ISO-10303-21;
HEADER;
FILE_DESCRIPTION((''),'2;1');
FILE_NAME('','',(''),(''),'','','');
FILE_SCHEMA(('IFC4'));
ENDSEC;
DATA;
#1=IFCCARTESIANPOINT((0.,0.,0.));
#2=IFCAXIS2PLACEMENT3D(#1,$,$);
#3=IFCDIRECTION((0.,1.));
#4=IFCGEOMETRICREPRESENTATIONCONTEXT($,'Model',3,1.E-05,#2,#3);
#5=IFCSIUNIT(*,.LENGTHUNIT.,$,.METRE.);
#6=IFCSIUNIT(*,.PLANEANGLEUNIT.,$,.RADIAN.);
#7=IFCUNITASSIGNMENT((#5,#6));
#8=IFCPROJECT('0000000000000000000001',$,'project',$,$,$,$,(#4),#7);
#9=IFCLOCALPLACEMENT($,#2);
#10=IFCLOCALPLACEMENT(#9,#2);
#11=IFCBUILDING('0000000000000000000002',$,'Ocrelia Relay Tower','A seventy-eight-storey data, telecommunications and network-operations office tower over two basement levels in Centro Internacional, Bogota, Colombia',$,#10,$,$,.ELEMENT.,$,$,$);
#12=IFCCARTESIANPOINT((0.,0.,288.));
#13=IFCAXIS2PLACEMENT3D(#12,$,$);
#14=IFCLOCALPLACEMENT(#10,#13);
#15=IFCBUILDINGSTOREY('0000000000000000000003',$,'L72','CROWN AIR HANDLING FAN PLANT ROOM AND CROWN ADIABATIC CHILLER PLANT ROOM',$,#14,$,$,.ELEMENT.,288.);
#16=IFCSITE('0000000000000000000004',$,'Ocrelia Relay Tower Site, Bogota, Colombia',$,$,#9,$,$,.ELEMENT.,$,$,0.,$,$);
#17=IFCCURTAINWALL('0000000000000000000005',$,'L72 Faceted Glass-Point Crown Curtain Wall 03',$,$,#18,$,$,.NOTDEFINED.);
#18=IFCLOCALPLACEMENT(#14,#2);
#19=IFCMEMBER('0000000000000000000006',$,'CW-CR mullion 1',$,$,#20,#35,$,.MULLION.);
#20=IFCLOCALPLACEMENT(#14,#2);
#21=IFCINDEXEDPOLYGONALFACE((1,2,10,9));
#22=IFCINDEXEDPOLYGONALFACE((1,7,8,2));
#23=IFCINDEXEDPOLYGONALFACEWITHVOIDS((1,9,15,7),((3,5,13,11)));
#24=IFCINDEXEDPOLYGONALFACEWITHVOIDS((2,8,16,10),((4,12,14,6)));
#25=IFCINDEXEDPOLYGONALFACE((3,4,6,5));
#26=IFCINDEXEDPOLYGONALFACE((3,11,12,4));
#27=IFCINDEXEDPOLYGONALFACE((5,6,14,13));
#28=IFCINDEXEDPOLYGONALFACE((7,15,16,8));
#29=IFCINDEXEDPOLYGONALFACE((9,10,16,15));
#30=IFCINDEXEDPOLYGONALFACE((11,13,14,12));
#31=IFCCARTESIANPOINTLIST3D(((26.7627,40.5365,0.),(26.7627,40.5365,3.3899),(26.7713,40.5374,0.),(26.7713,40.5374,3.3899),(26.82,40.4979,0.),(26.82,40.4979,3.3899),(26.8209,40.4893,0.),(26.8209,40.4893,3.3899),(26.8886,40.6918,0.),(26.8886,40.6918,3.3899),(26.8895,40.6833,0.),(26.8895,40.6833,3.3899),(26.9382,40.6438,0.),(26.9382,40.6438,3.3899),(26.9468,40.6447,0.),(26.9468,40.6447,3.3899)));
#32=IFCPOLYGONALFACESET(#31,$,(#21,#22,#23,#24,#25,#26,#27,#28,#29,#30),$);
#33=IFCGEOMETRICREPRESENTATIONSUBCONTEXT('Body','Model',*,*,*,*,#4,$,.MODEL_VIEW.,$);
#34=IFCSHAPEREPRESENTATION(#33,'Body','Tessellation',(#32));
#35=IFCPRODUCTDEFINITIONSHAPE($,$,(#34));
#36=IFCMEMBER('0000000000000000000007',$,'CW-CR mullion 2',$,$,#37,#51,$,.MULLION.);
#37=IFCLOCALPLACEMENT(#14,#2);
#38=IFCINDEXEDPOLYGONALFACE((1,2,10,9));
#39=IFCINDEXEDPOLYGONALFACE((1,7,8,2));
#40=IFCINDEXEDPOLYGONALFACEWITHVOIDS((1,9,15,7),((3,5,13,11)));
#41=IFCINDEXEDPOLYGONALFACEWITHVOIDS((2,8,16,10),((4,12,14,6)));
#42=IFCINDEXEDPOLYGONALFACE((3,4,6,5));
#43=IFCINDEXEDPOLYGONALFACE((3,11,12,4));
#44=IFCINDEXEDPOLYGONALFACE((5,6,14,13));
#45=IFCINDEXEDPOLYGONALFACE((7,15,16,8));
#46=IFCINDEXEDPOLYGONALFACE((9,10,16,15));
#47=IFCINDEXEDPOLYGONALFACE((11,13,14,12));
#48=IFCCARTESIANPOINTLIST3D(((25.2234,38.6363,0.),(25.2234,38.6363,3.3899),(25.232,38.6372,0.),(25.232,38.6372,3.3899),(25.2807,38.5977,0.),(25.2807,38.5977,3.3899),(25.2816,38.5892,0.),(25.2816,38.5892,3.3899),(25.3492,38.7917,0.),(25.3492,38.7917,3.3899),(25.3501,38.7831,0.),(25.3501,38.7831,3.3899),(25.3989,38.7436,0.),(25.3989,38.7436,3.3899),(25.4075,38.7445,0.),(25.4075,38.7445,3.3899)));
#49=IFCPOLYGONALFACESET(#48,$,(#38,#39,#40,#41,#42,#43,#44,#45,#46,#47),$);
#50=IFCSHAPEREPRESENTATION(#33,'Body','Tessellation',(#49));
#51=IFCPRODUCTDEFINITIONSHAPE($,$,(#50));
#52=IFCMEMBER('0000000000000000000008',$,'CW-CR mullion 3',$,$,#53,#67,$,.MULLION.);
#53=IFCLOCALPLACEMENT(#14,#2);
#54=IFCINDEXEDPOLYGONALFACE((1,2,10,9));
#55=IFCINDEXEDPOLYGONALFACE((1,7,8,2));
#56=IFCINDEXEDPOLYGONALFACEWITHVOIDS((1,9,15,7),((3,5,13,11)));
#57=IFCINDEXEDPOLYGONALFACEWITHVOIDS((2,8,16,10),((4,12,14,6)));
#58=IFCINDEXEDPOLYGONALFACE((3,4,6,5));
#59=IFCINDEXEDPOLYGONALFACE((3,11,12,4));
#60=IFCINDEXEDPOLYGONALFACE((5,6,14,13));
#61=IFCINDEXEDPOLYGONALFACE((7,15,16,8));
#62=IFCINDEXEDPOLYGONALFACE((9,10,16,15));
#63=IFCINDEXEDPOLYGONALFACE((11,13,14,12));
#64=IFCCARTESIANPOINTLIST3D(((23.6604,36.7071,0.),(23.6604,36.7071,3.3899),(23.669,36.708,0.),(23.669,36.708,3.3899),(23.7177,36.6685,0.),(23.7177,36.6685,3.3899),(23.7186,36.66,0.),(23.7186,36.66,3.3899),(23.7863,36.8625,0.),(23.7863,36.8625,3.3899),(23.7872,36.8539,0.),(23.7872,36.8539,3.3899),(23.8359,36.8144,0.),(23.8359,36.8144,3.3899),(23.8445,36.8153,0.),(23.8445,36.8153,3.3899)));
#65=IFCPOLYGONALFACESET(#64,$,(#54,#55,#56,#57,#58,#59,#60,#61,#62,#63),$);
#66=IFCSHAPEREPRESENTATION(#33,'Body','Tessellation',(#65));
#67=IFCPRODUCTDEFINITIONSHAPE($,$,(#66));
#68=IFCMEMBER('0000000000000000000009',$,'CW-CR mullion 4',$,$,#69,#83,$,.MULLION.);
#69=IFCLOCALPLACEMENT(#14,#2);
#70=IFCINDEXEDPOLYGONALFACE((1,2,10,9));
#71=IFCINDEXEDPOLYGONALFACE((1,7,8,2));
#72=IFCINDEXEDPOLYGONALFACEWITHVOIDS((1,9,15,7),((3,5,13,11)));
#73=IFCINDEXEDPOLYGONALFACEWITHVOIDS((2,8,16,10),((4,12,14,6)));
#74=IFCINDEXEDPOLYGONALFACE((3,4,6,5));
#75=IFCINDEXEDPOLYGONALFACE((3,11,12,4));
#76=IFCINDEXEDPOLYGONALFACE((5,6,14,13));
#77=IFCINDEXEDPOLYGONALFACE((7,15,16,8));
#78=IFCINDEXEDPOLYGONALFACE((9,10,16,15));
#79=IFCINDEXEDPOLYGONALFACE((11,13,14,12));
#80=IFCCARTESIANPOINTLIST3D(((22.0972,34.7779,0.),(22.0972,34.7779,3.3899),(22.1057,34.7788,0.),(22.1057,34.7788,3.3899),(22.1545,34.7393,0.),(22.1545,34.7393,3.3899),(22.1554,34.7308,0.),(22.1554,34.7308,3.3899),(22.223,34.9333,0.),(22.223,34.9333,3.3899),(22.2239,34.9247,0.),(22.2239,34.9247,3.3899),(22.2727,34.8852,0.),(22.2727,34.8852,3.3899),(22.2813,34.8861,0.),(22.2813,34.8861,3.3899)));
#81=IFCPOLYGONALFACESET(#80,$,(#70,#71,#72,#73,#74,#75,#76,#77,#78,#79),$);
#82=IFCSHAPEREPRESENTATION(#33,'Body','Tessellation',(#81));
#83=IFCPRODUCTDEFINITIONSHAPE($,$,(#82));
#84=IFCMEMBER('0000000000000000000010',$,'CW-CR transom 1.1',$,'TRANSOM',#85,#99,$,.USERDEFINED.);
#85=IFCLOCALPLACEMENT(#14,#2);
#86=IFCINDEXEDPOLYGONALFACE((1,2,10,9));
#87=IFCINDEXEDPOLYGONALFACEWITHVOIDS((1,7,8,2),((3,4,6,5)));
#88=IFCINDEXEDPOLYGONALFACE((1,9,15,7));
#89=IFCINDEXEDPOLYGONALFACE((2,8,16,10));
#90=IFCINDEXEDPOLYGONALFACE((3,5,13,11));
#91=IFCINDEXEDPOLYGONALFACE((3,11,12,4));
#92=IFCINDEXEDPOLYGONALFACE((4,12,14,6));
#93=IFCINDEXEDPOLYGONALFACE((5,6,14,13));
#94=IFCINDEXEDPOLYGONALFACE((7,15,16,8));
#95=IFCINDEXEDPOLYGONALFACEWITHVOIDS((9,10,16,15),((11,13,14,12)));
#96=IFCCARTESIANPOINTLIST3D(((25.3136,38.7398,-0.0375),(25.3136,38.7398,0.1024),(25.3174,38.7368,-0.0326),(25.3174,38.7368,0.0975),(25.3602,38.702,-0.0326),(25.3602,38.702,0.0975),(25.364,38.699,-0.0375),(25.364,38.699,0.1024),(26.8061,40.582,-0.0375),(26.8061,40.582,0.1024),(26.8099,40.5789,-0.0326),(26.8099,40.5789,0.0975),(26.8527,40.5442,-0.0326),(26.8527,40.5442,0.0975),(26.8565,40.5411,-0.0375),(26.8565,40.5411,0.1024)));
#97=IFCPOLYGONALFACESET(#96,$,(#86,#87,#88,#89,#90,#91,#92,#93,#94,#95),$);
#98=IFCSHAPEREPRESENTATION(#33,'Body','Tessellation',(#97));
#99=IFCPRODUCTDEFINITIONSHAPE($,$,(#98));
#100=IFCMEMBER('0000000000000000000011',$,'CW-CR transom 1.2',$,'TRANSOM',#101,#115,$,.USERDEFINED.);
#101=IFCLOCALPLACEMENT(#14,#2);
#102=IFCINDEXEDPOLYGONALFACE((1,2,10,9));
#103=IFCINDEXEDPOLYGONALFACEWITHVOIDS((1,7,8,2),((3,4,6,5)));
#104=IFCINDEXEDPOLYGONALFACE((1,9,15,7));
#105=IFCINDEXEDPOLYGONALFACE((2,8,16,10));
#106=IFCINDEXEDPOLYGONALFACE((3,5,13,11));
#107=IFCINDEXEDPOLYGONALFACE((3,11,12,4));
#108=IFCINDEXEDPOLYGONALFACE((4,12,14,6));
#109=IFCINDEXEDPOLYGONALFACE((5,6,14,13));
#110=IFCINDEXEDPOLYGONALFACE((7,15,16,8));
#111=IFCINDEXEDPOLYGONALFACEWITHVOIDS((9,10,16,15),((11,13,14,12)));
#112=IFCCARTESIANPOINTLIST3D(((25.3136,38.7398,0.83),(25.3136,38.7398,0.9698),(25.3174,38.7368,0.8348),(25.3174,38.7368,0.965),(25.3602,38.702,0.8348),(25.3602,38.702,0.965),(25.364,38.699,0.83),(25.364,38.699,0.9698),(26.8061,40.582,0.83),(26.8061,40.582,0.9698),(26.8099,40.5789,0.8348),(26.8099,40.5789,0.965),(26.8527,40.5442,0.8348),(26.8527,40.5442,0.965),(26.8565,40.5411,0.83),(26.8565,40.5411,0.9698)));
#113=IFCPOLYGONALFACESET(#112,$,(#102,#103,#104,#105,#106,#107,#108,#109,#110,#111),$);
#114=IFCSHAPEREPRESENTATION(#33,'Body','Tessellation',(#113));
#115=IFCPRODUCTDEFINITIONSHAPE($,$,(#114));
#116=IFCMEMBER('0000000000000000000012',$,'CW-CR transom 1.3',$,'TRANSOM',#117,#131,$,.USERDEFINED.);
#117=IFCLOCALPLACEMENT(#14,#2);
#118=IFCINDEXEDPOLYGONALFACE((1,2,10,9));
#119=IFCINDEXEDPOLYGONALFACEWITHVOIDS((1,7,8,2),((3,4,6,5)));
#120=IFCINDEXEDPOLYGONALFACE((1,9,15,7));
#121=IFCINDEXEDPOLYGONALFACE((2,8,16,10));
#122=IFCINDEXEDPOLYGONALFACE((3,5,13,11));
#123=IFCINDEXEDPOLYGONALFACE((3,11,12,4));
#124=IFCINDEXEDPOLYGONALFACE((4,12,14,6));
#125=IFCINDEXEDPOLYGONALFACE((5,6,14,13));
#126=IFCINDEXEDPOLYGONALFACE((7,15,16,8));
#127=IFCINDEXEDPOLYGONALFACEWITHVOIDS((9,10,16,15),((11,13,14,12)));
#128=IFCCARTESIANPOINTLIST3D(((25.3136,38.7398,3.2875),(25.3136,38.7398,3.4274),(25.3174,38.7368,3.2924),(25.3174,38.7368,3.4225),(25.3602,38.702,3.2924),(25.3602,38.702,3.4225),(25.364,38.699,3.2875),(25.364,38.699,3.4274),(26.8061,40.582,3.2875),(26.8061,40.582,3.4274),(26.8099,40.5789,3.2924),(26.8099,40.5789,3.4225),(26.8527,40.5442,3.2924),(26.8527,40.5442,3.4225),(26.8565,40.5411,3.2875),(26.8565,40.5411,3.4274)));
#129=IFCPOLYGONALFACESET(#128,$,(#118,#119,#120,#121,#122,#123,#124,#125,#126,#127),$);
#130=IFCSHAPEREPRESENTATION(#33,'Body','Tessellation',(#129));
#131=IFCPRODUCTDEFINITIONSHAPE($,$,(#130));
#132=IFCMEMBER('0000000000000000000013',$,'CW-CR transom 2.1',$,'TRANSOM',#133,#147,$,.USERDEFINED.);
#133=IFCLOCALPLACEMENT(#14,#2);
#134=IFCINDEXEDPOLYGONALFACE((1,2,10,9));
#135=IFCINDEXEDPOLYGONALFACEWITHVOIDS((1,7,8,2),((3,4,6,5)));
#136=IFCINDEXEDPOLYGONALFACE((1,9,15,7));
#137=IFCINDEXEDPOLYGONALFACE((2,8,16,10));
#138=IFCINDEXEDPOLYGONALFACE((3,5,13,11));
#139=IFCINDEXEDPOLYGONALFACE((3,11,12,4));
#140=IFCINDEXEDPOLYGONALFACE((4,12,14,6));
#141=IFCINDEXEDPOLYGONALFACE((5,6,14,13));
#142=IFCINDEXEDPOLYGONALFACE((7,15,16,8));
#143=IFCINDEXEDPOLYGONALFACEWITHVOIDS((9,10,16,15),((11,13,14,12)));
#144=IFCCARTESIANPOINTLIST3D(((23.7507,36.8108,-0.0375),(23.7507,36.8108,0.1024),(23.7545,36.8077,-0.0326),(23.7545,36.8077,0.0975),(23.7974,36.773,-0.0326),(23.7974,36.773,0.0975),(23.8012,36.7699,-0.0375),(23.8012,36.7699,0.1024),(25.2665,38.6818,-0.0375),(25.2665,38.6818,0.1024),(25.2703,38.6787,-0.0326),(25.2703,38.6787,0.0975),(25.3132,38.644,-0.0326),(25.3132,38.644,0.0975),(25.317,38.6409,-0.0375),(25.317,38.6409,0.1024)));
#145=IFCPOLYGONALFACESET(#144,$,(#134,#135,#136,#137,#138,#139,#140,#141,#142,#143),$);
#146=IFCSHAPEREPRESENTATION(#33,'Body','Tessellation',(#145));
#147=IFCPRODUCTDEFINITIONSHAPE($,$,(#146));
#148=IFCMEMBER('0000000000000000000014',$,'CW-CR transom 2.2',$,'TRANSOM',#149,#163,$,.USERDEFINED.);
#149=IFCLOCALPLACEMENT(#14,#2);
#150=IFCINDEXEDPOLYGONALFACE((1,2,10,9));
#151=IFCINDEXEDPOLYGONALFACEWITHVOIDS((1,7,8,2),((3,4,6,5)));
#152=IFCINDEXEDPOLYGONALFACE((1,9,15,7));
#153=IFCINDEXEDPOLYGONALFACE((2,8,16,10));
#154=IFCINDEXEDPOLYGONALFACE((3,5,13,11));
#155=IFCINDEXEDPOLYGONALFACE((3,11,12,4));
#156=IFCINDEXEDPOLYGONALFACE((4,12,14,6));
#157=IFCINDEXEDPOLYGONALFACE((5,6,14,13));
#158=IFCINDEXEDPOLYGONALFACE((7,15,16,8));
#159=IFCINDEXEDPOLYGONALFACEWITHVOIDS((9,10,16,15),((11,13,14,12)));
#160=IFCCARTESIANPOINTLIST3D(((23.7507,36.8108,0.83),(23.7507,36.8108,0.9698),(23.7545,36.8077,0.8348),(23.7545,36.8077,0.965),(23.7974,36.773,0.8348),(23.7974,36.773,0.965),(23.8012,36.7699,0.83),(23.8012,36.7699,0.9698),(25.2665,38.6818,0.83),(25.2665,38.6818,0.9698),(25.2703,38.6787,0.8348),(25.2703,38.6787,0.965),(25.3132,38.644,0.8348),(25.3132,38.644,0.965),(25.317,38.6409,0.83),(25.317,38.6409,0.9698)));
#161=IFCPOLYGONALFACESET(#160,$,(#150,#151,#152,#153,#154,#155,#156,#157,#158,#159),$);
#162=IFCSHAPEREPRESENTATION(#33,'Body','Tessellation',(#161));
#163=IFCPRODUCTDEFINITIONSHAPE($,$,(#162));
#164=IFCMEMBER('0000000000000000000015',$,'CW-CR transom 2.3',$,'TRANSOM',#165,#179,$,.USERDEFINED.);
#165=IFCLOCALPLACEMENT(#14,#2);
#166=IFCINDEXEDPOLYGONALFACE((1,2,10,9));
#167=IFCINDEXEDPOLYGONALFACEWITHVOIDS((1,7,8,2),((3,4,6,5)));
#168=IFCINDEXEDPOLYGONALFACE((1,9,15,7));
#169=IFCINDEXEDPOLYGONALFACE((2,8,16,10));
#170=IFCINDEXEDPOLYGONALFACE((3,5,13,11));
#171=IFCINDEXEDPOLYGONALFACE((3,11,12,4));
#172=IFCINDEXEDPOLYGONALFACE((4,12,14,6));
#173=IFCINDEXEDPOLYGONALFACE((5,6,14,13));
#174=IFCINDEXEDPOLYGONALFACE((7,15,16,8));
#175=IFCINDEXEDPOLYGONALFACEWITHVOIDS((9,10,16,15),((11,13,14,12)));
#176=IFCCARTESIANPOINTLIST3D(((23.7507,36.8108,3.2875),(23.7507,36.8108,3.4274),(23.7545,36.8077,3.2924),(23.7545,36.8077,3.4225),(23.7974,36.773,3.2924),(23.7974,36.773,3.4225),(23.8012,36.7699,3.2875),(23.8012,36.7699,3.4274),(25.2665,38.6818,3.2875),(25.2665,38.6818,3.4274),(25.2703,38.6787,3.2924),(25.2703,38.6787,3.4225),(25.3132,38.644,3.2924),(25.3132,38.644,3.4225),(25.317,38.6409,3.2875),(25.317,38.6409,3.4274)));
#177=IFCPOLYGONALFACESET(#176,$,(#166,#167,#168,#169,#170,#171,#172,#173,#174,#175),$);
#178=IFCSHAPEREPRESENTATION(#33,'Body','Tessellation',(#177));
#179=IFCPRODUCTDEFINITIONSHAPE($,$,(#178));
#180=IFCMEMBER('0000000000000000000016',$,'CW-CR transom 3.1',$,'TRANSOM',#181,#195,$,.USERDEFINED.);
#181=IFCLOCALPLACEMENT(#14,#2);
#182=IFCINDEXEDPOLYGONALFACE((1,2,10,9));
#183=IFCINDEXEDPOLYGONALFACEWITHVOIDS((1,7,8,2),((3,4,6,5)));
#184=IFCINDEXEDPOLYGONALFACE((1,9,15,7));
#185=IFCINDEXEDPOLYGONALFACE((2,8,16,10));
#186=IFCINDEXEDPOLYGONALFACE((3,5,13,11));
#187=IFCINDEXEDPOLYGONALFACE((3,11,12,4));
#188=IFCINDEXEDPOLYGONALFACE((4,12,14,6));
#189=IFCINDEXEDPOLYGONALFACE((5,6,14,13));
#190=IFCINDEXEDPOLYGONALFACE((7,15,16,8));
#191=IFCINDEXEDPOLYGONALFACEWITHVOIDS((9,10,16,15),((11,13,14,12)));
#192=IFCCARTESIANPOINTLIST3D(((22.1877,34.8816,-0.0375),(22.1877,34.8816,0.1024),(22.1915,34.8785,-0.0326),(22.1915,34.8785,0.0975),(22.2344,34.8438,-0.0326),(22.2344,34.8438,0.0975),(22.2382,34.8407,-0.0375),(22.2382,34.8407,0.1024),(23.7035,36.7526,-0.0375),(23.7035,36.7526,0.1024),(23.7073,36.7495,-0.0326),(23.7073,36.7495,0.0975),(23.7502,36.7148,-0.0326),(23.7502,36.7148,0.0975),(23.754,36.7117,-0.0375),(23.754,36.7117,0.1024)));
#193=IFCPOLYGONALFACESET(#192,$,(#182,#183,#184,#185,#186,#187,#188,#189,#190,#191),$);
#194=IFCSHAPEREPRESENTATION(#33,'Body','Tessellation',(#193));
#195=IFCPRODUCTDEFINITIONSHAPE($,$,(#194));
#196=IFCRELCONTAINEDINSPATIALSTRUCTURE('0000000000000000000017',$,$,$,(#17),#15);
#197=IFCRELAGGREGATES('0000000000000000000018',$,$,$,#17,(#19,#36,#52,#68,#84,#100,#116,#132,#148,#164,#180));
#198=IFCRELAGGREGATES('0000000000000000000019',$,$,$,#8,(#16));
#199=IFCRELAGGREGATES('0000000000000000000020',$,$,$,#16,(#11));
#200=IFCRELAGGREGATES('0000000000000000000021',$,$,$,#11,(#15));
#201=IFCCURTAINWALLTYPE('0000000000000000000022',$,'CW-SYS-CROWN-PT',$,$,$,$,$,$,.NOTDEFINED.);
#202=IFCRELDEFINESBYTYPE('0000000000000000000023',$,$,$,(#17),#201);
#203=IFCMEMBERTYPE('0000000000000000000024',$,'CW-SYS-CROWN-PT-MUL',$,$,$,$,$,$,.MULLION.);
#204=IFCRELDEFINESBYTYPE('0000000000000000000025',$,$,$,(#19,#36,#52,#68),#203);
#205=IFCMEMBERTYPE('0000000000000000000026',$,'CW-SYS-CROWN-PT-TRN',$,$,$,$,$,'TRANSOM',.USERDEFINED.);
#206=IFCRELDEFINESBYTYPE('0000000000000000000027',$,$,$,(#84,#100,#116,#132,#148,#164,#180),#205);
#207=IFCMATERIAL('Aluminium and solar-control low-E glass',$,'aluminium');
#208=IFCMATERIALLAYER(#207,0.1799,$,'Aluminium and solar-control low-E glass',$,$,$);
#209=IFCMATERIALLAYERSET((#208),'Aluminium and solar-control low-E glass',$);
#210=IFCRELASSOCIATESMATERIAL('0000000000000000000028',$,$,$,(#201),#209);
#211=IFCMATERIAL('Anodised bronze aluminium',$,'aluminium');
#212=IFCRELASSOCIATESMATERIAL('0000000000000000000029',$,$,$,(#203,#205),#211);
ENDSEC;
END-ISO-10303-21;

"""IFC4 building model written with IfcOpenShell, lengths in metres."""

from ifc_helpers import new_model, si_unit, direction, frame, origin, origin_2d, place, context, subcontext, project, spatial, hollow_rectangle, extrude, material, layer, layer_set, material_profile, profile_set, type_object, element, aggregate, save


model = new_model("IFC4")

# Units and contexts
model_context = context("Model", 3, precision=1e-05, world=origin(), true_north=direction((0.0, 1.0)))
body_context = subcontext(model_context, "Body", "Model", "MODEL_VIEW")
ifc_project = project(units=[si_unit("LENGTHUNIT", "METRE"), si_unit("PLANEANGLEUNIT", "RADIAN")], contexts=[model_context])

# Site, building, storey
site_placement = place(None, origin())
site = spatial("IfcSite", under=ifc_project, at=site_placement, Name="Ocrelia Relay Tower Site, Bogota, Colombia", CompositionType="ELEMENT", RefElevation=0.0)
building_placement = place(site_placement, origin())
building = spatial("IfcBuilding", under=site, at=building_placement, Name="Ocrelia Relay Tower", Description="A seventy-eight-storey data, telecommunications and network-operations office tower over two basement levels in Centro Internacional, Bogota, Colombia", CompositionType="ELEMENT")
storey_placement = place(building_placement, frame((0.0, 0.0, 288.0)))
storey = spatial("IfcBuildingStorey", under=building, at=storey_placement, Name="L72", Description="CROWN AIR HANDLING FAN PLANT ROOM AND CROWN ADIABATIC CHILLER PLANT ROOM", CompositionType="ELEMENT", Elevation=288.0)

# Curtain wall, members
ifc_material_1 = material(Name="Aluminium and solar-control low-E glass", Category="aluminium")
ifc_layer_1 = layer(ifc_material_1, 0.1799, Name="Aluminium and solar-control low-E glass")
ifc_layer_set_1 = layer_set([ifc_layer_1], Name="Aluminium and solar-control low-E glass")
curtain_wall_type = type_object("IfcCurtainWallType", Name="CW-SYS-CROWN-PT", PredefinedType="NOTDEFINED", material=ifc_layer_set_1)
curtain_wall_placement = place(storey_placement, origin())
curtain_wall = element("IfcCurtainWall", 1, at=curtain_wall_placement, inside=storey, type_object=curtain_wall_type, Name="L72 Faceted Glass-Point Crown Curtain Wall 03", PredefinedType="NOTDEFINED")
ifc_material_2 = material(Name="Anodised bronze aluminium", Category="aluminium")
ifc_material_profile_1 = material_profile(ifc_material_2, hollow_rectangle(XDim=0.075, YDim=0.2, WallThickness=0.0061, at=origin_2d()), Name="CW-MUL-200x75")
ifc_profile_set_1 = profile_set([ifc_material_profile_1], Name="Anodised bronze aluminium")
member_type_1 = type_object("IfcMemberType", Name="CW-SYS-CROWN-PT-MUL", PredefinedType="MULLION", material=ifc_profile_set_1)
member_1_placement = place(storey_placement, frame((26.8547, 40.5906, 0.0), z_axis=(0.0, 0.0, 1.0), x_axis=(0.776998, -0.629503, 0.0)))
member_1 = element("IfcMember", 2, at=member_1_placement, type_object=member_type_1, Name="CW-CR mullion 1", PredefinedType="MULLION", context=body_context, shape_type="SweptSolid", body=[
    extrude(hollow_rectangle(XDim=0.075, YDim=0.2, WallThickness=0.0061, at=origin_2d()), origin(), (0.0, 0.0, 1.0), 3.3899),
])
member_2_placement = place(storey_placement, frame((25.3154, 38.6904, 0.0), z_axis=(0.0, 0.0, 1.0), x_axis=(0.776998, -0.629503, 0.0)))
member_2 = element("IfcMember", 3, at=member_2_placement, type_object=member_type_1, Name="CW-CR mullion 2", PredefinedType="MULLION", context=body_context, shape_type="SweptSolid", body=[
    extrude(hollow_rectangle(XDim=0.075, YDim=0.2, WallThickness=0.0061, at=origin_2d()), origin(), (0.0, 0.0, 1.0), 3.3899),
])
member_3_placement = place(storey_placement, frame((23.7524, 36.7612, 0.0), z_axis=(0.0, 0.0, 1.0), x_axis=(0.776998, -0.629503, 0.0)))
member_3 = element("IfcMember", 4, at=member_3_placement, type_object=member_type_1, Name="CW-CR mullion 3", PredefinedType="MULLION", context=body_context, shape_type="SweptSolid", body=[
    extrude(hollow_rectangle(XDim=0.075, YDim=0.2, WallThickness=0.0061, at=origin_2d()), origin(), (0.0, 0.0, 1.0), 3.3899),
])
member_4_placement = place(storey_placement, frame((22.1892, 34.832, 0.0), z_axis=(0.0, 0.0, 1.0), x_axis=(0.776998, -0.629503, 0.0)))
member_4 = element("IfcMember", 5, at=member_4_placement, type_object=member_type_1, Name="CW-CR mullion 4", PredefinedType="MULLION", context=body_context, shape_type="SweptSolid", body=[
    extrude(hollow_rectangle(XDim=0.075, YDim=0.2, WallThickness=0.0061, at=origin_2d()), origin(), (0.0, 0.0, 1.0), 3.3899),
])
ifc_material_profile_2 = material_profile(ifc_material_2, hollow_rectangle(XDim=0.0649, YDim=0.1399, WallThickness=0.0049, at=origin_2d()), Name="CW-TRN-140x65")
ifc_profile_set_2 = profile_set([ifc_material_profile_2], Name="Anodised bronze aluminium")
member_type_2 = type_object("IfcMemberType", Name="CW-SYS-CROWN-PT-TRN", ElementType="TRANSOM", PredefinedType="USERDEFINED", material=ifc_profile_set_2)
member_5_placement = place(storey_placement, frame((26.8313, 40.5615, 0.0325), z_axis=(-0.629518, -0.776986, 0.0), x_axis=(0.776986, -0.629518, 0.0)))
member_5 = element("IfcMember", 6, at=member_5_placement, type_object=member_type_2, Name="CW-CR transom 1.1", ObjectType="TRANSOM", PredefinedType="USERDEFINED", context=body_context, shape_type="SweptSolid", body=[
    extrude(hollow_rectangle(XDim=0.0649, YDim=0.1399, WallThickness=0.0049, at=origin_2d()), origin(), (0.0, 0.0, 1.0), 2.3708),
])
member_6_placement = place(storey_placement, frame((26.8313, 40.5615, 0.8999), z_axis=(-0.629518, -0.776986, 0.0), x_axis=(0.776986, -0.629518, 0.0)))
member_6 = element("IfcMember", 7, at=member_6_placement, type_object=member_type_2, Name="CW-CR transom 1.2", ObjectType="TRANSOM", PredefinedType="USERDEFINED", context=body_context, shape_type="SweptSolid", body=[
    extrude(hollow_rectangle(XDim=0.0649, YDim=0.1399, WallThickness=0.0049, at=origin_2d()), origin(), (0.0, 0.0, 1.0), 2.3708),
])
member_7_placement = place(storey_placement, frame((26.8313, 40.5615, 3.3574), z_axis=(-0.629518, -0.776986, 0.0), x_axis=(0.776986, -0.629518, 0.0)))
member_7 = element("IfcMember", 8, at=member_7_placement, type_object=member_type_2, Name="CW-CR transom 1.3", ObjectType="TRANSOM", PredefinedType="USERDEFINED", context=body_context, shape_type="SweptSolid", body=[
    extrude(hollow_rectangle(XDim=0.0649, YDim=0.1399, WallThickness=0.0049, at=origin_2d()), origin(), (0.0, 0.0, 1.0), 2.3708),
])
member_8_placement = place(storey_placement, frame((25.2917, 38.6614, 0.0325), z_axis=(-0.629493, -0.777006, 0.0), x_axis=(0.777006, -0.629493, 0.0)))
member_8 = element("IfcMember", 9, at=member_8_placement, type_object=member_type_2, Name="CW-CR transom 2.1", ObjectType="TRANSOM", PredefinedType="USERDEFINED", context=body_context, shape_type="SweptSolid", body=[
    extrude(hollow_rectangle(XDim=0.0649, YDim=0.1399, WallThickness=0.0049, at=origin_2d()), origin(), (0.0, 0.0, 1.0), 2.408),
])
member_9_placement = place(storey_placement, frame((25.2917, 38.6614, 0.8999), z_axis=(-0.629493, -0.777006, 0.0), x_axis=(0.777006, -0.629493, 0.0)))
member_9 = element("IfcMember", 10, at=member_9_placement, type_object=member_type_2, Name="CW-CR transom 2.2", ObjectType="TRANSOM", PredefinedType="USERDEFINED", context=body_context, shape_type="SweptSolid", body=[
    extrude(hollow_rectangle(XDim=0.0649, YDim=0.1399, WallThickness=0.0049, at=origin_2d()), origin(), (0.0, 0.0, 1.0), 2.408),
])
member_10_placement = place(storey_placement, frame((25.2917, 38.6614, 3.3574), z_axis=(-0.629493, -0.777006, 0.0), x_axis=(0.777006, -0.629493, 0.0)))
member_10 = element("IfcMember", 11, at=member_10_placement, type_object=member_type_2, Name="CW-CR transom 2.3", ObjectType="TRANSOM", PredefinedType="USERDEFINED", context=body_context, shape_type="SweptSolid", body=[
    extrude(hollow_rectangle(XDim=0.0649, YDim=0.1399, WallThickness=0.0049, at=origin_2d()), origin(), (0.0, 0.0, 1.0), 2.408),
])
member_11_placement = place(storey_placement, frame((23.7288, 36.7322, 0.0325), z_axis=(-0.629493, -0.777006, 0.0), x_axis=(0.777006, -0.629493, 0.0)))
member_11 = element("IfcMember", 12, at=member_11_placement, type_object=member_type_2, Name="CW-CR transom 3.1", ObjectType="TRANSOM", PredefinedType="USERDEFINED", context=body_context, shape_type="SweptSolid", body=[
    extrude(hollow_rectangle(XDim=0.0649, YDim=0.1399, WallThickness=0.0049, at=origin_2d()), origin(), (0.0, 0.0, 1.0), 2.408),
])

aggregate(curtain_wall, [member_1, member_2, member_3, member_4, member_5, member_6, member_7, member_8, member_9, member_10, member_11])

save(model, "model.ifc")
